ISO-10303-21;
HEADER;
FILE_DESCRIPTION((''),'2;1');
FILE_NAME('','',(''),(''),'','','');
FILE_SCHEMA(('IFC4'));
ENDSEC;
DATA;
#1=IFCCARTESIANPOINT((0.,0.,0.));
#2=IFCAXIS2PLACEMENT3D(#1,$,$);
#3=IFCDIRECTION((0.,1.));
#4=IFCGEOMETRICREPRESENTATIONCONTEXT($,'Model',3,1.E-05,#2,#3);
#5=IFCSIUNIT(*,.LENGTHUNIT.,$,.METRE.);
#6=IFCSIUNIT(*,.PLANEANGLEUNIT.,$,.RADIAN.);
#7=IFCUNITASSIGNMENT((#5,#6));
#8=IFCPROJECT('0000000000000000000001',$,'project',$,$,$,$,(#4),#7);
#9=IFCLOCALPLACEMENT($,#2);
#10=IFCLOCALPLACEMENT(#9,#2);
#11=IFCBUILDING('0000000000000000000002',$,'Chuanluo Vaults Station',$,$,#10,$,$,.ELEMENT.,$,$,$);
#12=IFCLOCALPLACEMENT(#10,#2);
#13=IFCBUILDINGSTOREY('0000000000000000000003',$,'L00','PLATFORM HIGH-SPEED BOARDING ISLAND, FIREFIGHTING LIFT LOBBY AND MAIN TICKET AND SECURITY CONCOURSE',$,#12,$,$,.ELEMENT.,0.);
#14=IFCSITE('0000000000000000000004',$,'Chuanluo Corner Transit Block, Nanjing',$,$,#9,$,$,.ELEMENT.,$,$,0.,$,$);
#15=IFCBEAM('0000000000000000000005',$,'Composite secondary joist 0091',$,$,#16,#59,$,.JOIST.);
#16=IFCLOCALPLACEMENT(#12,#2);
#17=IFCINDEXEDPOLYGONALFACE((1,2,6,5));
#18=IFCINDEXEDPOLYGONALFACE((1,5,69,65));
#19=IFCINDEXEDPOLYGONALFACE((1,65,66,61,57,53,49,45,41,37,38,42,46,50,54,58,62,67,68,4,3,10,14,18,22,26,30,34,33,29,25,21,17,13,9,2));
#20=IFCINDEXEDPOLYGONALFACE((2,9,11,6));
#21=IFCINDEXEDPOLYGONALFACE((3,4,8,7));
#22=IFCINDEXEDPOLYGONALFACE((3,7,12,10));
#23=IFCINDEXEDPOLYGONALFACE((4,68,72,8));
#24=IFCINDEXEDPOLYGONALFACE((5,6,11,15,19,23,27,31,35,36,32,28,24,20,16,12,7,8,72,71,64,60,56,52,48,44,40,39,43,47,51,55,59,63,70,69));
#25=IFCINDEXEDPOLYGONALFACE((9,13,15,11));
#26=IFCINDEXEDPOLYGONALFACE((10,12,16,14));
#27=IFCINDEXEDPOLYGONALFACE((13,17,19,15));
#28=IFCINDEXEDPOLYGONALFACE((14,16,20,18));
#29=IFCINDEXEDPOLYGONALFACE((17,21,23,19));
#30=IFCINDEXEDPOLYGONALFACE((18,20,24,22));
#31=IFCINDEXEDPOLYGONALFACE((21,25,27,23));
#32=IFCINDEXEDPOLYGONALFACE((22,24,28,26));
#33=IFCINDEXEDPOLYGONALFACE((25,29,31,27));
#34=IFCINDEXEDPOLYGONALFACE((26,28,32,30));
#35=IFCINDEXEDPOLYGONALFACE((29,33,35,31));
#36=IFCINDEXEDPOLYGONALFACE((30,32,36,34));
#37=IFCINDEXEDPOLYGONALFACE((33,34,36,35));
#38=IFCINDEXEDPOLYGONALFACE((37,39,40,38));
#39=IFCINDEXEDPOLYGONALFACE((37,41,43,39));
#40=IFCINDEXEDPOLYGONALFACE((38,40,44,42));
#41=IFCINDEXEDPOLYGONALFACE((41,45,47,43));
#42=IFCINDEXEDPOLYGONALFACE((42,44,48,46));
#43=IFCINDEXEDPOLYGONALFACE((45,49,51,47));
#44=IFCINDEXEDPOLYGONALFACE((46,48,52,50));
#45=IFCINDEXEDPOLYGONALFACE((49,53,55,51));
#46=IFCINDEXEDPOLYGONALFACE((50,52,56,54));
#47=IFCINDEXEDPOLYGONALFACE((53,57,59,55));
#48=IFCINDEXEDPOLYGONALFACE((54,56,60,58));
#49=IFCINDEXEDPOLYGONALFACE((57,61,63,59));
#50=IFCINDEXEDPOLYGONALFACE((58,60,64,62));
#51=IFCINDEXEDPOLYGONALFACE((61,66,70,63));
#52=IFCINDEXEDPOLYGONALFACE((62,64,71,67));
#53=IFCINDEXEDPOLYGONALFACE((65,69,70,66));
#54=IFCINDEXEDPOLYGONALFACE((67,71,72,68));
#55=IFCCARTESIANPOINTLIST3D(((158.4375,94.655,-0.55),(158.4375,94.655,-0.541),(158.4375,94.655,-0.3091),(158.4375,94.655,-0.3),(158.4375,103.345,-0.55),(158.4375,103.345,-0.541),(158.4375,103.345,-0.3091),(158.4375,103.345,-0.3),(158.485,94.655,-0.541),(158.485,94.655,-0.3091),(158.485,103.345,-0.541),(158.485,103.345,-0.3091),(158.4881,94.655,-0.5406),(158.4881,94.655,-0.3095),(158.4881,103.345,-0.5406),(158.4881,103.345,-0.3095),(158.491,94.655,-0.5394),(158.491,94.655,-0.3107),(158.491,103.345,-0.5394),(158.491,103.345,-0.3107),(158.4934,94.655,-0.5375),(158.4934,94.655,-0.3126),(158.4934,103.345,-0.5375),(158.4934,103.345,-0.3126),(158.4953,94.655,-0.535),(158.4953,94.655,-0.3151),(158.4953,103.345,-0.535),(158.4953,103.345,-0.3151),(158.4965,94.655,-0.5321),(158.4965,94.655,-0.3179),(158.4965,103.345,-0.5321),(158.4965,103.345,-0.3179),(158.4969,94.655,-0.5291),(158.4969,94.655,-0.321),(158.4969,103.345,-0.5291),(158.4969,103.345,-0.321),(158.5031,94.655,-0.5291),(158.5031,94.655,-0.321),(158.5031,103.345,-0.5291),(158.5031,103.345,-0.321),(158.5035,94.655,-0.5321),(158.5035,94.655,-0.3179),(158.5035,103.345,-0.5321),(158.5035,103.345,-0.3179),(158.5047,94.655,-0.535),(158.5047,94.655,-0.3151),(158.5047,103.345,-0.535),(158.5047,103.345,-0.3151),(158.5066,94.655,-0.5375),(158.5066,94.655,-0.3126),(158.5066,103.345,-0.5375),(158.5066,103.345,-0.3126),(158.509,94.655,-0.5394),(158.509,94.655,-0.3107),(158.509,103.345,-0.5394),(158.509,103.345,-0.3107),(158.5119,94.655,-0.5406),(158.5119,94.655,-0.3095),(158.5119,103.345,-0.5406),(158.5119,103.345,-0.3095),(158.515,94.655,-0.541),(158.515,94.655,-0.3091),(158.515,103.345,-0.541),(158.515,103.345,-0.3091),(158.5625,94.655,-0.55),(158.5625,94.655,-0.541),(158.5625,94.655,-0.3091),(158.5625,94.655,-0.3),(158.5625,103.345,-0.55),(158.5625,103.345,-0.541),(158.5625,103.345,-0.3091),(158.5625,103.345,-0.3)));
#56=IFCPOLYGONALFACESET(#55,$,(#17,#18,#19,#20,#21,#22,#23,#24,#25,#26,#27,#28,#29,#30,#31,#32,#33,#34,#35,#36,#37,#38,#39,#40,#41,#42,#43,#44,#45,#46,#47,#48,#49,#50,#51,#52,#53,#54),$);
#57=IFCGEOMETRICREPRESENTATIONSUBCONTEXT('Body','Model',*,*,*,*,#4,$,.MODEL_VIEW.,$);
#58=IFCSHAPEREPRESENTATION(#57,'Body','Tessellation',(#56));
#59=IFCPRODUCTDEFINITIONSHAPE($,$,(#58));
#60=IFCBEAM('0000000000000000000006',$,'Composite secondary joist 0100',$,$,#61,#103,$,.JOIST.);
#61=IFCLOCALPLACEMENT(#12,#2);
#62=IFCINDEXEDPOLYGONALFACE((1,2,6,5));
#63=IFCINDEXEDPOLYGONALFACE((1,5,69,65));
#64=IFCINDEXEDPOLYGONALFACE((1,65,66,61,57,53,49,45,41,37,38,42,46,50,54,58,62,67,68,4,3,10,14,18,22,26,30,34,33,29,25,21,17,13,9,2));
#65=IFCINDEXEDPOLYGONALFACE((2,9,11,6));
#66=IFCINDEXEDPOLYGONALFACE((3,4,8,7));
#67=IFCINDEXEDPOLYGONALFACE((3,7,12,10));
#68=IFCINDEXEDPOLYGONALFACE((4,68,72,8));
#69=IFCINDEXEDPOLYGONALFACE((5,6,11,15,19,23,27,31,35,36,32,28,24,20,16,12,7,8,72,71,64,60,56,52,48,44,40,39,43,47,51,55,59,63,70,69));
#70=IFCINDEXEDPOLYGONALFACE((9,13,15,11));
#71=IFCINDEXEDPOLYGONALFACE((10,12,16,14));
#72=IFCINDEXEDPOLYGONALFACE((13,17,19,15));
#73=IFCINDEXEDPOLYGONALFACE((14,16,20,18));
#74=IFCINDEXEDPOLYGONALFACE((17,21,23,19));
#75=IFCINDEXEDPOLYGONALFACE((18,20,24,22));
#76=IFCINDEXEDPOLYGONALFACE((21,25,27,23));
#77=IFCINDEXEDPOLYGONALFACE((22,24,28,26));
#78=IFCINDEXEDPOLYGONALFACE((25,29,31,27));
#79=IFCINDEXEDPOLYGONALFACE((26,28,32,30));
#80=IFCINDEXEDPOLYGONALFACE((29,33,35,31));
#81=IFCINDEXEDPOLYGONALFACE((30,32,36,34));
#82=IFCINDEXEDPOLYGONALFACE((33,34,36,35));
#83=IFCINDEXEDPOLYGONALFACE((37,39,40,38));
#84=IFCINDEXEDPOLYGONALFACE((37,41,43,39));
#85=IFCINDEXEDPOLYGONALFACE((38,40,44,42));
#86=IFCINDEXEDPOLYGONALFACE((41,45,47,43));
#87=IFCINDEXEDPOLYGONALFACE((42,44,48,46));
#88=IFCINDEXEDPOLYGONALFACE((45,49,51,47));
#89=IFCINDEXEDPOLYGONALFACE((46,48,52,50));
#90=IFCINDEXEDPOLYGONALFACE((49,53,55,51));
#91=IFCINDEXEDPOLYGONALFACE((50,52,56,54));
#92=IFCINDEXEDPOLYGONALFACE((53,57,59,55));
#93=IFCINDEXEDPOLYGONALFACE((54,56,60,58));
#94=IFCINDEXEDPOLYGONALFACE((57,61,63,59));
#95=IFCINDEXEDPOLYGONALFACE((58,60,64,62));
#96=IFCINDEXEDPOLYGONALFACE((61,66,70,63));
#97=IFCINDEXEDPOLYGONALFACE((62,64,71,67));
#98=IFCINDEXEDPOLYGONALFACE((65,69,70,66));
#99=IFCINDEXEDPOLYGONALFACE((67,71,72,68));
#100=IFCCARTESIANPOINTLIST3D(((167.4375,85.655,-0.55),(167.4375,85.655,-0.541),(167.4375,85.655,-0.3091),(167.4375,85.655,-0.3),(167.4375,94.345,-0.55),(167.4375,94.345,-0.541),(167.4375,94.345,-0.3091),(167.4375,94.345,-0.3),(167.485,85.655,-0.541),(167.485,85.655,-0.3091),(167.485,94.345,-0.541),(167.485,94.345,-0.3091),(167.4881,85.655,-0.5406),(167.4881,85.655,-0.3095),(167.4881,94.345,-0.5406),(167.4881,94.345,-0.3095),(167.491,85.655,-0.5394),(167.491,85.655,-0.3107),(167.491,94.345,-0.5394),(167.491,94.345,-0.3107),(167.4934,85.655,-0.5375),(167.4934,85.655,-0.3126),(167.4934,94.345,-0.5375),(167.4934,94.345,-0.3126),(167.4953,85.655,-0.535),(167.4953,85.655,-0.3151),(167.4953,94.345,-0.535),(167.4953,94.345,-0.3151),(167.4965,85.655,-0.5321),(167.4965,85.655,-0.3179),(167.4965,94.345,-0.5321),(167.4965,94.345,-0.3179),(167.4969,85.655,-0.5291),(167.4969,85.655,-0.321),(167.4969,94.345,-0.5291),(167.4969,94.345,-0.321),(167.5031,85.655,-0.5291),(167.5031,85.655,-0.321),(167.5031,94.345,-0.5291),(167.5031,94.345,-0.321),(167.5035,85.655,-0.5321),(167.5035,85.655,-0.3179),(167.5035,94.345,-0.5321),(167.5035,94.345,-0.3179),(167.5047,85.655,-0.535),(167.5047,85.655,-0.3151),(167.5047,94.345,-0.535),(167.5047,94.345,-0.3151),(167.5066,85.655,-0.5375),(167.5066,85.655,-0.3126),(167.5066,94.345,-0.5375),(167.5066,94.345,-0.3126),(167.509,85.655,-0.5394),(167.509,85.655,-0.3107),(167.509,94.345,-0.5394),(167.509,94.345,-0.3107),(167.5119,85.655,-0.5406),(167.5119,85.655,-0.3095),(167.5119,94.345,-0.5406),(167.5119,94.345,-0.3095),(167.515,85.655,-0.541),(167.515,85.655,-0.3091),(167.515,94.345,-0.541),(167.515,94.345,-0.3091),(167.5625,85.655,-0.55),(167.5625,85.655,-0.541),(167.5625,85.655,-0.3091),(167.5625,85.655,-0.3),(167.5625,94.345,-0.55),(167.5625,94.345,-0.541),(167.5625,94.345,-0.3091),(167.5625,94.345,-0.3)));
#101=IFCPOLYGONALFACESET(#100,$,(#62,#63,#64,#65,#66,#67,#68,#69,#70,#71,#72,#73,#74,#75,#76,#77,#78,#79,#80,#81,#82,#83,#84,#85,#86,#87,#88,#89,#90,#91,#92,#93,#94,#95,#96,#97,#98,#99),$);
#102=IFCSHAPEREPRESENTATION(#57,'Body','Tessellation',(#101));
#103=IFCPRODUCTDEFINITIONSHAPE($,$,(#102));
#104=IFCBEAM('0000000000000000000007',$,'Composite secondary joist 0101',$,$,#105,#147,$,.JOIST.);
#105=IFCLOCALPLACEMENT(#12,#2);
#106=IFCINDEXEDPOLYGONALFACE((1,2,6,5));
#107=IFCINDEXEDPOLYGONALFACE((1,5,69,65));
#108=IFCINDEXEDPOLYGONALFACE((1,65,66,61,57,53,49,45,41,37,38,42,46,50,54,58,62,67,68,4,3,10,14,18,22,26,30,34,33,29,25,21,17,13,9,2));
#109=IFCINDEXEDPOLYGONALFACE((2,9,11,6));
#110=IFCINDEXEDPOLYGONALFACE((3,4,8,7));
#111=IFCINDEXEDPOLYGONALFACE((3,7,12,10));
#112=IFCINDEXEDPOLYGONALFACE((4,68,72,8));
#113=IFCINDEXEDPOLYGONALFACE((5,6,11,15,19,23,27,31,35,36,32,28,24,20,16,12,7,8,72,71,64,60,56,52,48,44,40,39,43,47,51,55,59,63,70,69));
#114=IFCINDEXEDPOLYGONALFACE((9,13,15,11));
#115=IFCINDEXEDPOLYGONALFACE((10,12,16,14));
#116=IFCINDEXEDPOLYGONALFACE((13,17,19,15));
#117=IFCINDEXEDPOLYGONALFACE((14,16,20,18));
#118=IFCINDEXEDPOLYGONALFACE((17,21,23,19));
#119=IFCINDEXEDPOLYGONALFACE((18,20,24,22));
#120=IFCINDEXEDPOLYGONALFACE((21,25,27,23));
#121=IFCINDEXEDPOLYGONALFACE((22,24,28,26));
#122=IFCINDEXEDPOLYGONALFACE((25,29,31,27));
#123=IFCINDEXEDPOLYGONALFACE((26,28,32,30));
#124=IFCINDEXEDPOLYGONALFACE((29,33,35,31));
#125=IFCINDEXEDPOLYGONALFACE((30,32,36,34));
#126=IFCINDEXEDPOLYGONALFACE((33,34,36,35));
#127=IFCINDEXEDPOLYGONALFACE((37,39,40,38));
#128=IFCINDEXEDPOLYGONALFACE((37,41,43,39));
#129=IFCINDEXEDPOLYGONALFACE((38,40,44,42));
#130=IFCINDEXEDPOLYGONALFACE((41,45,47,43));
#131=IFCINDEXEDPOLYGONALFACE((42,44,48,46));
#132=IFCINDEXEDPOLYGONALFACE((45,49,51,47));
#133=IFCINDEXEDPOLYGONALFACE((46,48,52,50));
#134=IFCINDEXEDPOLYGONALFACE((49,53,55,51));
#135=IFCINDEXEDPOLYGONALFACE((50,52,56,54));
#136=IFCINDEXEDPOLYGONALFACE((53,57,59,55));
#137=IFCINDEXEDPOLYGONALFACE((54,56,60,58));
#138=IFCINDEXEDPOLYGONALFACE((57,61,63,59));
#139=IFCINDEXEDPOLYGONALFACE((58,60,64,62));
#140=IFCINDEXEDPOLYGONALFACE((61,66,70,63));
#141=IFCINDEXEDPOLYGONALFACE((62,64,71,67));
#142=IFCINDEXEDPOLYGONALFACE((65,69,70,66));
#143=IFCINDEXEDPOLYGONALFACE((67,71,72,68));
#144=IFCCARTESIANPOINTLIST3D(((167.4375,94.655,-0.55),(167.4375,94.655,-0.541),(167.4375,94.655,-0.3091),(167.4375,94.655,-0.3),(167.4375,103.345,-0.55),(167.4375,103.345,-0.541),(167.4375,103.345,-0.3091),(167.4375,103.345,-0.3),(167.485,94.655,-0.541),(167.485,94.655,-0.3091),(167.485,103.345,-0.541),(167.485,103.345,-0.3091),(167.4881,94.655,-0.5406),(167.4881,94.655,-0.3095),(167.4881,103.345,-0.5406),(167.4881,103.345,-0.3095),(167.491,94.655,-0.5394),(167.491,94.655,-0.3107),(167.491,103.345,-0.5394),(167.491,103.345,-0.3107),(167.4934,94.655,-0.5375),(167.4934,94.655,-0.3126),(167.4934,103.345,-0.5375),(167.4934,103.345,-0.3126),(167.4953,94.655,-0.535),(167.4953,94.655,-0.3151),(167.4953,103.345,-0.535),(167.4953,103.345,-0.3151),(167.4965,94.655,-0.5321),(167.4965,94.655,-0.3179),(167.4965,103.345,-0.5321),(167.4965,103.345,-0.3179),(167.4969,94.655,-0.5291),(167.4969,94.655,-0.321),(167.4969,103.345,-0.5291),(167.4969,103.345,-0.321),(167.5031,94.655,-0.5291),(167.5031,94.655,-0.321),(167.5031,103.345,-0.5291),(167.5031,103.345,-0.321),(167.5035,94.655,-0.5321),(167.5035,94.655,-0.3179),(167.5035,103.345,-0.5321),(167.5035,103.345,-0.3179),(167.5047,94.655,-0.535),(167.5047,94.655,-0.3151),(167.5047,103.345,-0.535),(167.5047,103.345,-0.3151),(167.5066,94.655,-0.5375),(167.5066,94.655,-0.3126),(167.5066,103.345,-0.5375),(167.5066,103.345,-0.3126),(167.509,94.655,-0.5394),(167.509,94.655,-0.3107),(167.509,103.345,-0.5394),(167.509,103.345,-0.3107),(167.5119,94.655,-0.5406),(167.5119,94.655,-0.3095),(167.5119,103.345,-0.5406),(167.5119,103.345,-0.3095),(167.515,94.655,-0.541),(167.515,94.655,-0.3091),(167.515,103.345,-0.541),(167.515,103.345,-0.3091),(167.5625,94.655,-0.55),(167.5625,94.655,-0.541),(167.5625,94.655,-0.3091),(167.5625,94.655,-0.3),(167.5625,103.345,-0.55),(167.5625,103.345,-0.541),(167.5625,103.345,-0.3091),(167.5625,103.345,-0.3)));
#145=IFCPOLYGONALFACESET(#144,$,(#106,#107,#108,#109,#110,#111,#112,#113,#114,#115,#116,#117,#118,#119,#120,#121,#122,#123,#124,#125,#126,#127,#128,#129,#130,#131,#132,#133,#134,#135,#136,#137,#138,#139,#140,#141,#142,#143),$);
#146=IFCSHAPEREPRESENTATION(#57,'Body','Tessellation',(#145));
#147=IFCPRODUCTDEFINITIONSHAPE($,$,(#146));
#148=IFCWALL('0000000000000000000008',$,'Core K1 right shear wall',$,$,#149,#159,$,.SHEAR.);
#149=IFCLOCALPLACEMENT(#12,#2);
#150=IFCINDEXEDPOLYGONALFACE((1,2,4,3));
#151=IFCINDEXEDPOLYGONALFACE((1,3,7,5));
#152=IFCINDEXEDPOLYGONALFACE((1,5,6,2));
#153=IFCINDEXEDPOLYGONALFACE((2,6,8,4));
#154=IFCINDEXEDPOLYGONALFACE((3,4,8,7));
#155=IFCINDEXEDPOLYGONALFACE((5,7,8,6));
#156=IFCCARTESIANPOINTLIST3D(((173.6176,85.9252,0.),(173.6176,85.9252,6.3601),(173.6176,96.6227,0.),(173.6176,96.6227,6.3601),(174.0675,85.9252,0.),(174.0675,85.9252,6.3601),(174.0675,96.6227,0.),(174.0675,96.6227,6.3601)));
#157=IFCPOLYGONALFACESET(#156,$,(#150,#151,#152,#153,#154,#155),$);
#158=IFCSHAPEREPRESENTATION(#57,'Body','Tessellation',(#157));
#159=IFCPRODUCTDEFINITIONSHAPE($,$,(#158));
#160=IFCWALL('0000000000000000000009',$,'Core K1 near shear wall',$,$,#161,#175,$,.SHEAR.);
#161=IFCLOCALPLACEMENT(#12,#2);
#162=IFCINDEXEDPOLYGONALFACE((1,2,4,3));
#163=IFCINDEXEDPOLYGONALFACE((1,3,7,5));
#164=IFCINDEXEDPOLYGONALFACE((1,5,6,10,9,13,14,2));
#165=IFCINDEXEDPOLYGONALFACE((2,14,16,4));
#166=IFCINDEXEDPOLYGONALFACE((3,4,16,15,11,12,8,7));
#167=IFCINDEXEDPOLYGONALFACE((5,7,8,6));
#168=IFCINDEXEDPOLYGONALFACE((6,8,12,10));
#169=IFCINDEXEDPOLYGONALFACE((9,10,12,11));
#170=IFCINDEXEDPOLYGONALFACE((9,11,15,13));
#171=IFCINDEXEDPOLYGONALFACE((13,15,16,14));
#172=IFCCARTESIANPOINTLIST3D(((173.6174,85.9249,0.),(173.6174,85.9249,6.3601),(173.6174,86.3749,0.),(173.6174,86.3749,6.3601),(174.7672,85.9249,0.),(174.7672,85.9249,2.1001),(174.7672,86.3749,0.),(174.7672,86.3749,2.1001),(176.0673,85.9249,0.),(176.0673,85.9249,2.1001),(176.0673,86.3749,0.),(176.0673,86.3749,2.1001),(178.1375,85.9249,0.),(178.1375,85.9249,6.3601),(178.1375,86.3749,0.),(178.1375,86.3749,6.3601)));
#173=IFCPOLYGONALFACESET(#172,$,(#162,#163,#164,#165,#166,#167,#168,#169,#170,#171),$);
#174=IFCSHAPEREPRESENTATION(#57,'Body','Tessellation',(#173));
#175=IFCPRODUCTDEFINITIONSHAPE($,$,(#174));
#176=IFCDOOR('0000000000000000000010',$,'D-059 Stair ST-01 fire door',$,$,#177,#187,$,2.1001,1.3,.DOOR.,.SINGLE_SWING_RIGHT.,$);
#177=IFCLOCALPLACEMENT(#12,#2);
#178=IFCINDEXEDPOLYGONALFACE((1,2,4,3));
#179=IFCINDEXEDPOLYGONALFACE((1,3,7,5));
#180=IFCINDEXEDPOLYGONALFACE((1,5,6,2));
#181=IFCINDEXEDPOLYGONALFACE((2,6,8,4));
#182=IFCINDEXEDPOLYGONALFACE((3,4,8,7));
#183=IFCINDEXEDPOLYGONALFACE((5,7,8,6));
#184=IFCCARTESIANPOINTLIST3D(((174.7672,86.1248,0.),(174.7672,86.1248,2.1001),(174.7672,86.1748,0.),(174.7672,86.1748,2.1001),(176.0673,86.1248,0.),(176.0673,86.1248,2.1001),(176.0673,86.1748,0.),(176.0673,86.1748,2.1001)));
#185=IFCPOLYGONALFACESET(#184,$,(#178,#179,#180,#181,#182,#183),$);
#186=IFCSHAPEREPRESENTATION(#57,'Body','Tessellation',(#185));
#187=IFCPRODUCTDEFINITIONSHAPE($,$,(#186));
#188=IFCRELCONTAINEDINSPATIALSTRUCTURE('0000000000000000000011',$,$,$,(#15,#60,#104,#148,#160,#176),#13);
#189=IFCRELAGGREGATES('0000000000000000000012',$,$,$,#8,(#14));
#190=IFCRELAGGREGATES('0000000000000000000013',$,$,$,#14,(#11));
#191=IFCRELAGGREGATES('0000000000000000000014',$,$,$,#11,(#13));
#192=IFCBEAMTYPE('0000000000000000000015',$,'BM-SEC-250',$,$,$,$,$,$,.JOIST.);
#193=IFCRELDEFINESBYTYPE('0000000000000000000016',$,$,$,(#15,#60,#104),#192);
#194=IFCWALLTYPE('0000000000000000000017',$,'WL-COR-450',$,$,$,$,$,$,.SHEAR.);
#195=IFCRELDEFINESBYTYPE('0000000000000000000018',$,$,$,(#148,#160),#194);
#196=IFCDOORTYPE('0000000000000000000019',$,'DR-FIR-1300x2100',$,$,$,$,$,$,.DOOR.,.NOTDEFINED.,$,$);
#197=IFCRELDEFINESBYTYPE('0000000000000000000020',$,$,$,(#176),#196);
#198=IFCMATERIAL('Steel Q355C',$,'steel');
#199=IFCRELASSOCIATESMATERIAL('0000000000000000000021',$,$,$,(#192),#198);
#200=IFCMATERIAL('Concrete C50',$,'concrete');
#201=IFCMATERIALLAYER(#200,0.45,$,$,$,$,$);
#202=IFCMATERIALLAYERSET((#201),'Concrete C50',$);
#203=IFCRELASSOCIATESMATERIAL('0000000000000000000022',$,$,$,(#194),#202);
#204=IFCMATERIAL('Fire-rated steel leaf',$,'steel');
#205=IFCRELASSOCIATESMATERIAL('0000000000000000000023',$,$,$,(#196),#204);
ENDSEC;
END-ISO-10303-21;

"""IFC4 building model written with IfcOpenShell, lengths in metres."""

from ifc_helpers import new_model, si_unit, direction, frame, frame_2d, origin, origin_2d, place, context, subcontext, project, spatial, rectangle, i_section, extrude, material, layer, layer_set, material_profile, profile_set, type_object, element, fill, save


model = new_model("IFC4")

# Units and contexts
model_context = context("Model", 3, precision=1e-05, world=origin(), true_north=direction((0.0, 1.0)))
body_context = subcontext(model_context, "Body", "Model", "MODEL_VIEW")
ifc_project = project(units=[si_unit("LENGTHUNIT", "METRE"), si_unit("PLANEANGLEUNIT", "RADIAN")], contexts=[model_context])

# Site, building, storey
site_placement = place(None, origin())
site = spatial("IfcSite", under=ifc_project, at=site_placement, Name="Chuanluo Corner Transit Block, Nanjing", CompositionType="ELEMENT", RefElevation=0.0)
building_placement = place(site_placement, origin())
building = spatial("IfcBuilding", under=site, at=building_placement, Name="Chuanluo Vaults Station", CompositionType="ELEMENT")
storey_placement = place(building_placement, origin())
storey = spatial("IfcBuildingStorey", under=building, at=storey_placement, Name="L00", Description="PLATFORM HIGH-SPEED BOARDING ISLAND, FIREFIGHTING LIFT LOBBY AND MAIN TICKET AND SECURITY CONCOURSE", CompositionType="ELEMENT", Elevation=0.0)

# Beams
ifc_material_1 = material(Name="Steel Q355C", Category="steel")
ifc_material_profile_1 = material_profile(ifc_material_1, i_section(OverallWidth=0.125, OverallDepth=0.25, WebThickness=0.0061, FlangeThickness=0.009, FilletRadius=0.012, at=origin_2d()))
ifc_profile_set_1 = profile_set([ifc_material_profile_1], Name="Steel Q355C")
beam_type_1 = type_object("IfcBeamType", Name="BM-SEC-250", PredefinedType="JOIST", material=ifc_profile_set_1)
for number, where, z_axis, x_axis, name in (
    (1, (158.5, 94.655, -0.425), (0.0, 1.0, 0.0), (-1.0, 0.0, 0.0), "Composite secondary joist 0091"),
    (2, (167.5, 85.655, -0.425), (0.0, 1.0, 0.0), (-1.0, 0.0, 0.0), "Composite secondary joist 0100"),
    (3, (167.5, 94.655, -0.425), (0.0, 1.0, 0.0), (-1.0, 0.0, 0.0), "Composite secondary joist 0101"),
):
    element("IfcBeam", number, at=place(storey_placement, frame(where, z_axis=z_axis, x_axis=x_axis)), inside=storey, type_object=beam_type_1, Name=name, PredefinedType="JOIST", context=body_context, shape_type="SweptSolid", body=[
        extrude(i_section(OverallWidth=0.125, OverallDepth=0.25, WebThickness=0.0061, FlangeThickness=0.009, FilletRadius=0.012, at=origin_2d()), origin(), (0.0, 0.0, 1.0), 8.6899),
    ])

# Wall
ifc_material_2 = material(Name="Concrete C50", Category="concrete")
ifc_layer_1 = layer(ifc_material_2, 0.45)
ifc_layer_set_1 = layer_set([ifc_layer_1], Name="Concrete C50")
wall_type_1 = type_object("IfcWallType", Name="WL-COR-450", PredefinedType="SHEAR", material=ifc_layer_set_1)
wall_1_placement = place(storey_placement, frame((173.8425, 96.6226, 0.0), z_axis=(0.0, 0.0, 1.0), x_axis=(0.0, -1.0, 0.0)))
element("IfcWall", 4, at=wall_1_placement, inside=storey, type_object=wall_type_1, Name="Core K1 right shear wall", PredefinedType="SHEAR", context=body_context, shape_type="SweptSolid", body=[
    extrude(rectangle(XDim=10.6975, YDim=0.45, at=frame_2d((5.3486, 0.0))), origin(), (0.0, 0.0, 1.0), 6.3601),
])

# Wall, opening, door
wall_2_placement = place(storey_placement, frame((173.6174, 86.1499, 0.0), z_axis=(0.0, 0.0, 1.0), x_axis=(1.0, 0.0, 0.0)))
wall_2 = element("IfcWall", 5, at=wall_2_placement, inside=storey, type_object=wall_type_1, Name="Core K1 near shear wall", PredefinedType="SHEAR", context=body_context, shape_type="SweptSolid", body=[
    extrude(rectangle(XDim=4.52, YDim=0.45, at=frame_2d((2.26, 0.0))), origin(), (0.0, 0.0, 1.0), 6.3601),
])
opening_1_placement = place(wall_2_placement, frame((1.1499, 0.0, 0.0)))
opening_1 = element("IfcOpeningElement", 6, at=opening_1_placement, cuts=wall_2, PredefinedType="OPENING", context=body_context, shape_type="SweptSolid", body=[
    extrude(rectangle(XDim=1.3, YDim=2.1001, at=frame_2d((0.6499, 1.05))), frame((0.0, 0.2351, 0.0), z_axis=(0.0, -1.0, 0.0), x_axis=(1.0, 0.0, 0.0)), (0.0, 0.0, 1.0), 0.4699),
])
ifc_material_3 = material(Name="Fire-rated steel leaf", Category="steel")
door_type_1 = type_object("IfcDoorType", Name="DR-FIR-1300x2100", OperationType="NOTDEFINED", PredefinedType="DOOR", material=ifc_material_3)
door_1_placement = place(opening_1_placement, origin())
door_1 = element("IfcDoor", 7, at=door_1_placement, inside=storey, type_object=door_type_1, Name="D-059 Stair ST-01 fire door", OperationType="SINGLE_SWING_RIGHT", OverallHeight=2.1001, OverallWidth=1.3, PredefinedType="DOOR", context=body_context, shape_type="SweptSolid", body=[
    extrude(rectangle(XDim=1.3, YDim=2.1001, at=frame_2d((0.6499, 1.05))), frame((0.0, 0.0249, 0.0), z_axis=(0.0, -1.0, 0.0), x_axis=(1.0, 0.0, 0.0)), (0.0, 0.0, 1.0), 0.05),
])
fill(opening_1, door_1)

save(model, "model.ifc")
